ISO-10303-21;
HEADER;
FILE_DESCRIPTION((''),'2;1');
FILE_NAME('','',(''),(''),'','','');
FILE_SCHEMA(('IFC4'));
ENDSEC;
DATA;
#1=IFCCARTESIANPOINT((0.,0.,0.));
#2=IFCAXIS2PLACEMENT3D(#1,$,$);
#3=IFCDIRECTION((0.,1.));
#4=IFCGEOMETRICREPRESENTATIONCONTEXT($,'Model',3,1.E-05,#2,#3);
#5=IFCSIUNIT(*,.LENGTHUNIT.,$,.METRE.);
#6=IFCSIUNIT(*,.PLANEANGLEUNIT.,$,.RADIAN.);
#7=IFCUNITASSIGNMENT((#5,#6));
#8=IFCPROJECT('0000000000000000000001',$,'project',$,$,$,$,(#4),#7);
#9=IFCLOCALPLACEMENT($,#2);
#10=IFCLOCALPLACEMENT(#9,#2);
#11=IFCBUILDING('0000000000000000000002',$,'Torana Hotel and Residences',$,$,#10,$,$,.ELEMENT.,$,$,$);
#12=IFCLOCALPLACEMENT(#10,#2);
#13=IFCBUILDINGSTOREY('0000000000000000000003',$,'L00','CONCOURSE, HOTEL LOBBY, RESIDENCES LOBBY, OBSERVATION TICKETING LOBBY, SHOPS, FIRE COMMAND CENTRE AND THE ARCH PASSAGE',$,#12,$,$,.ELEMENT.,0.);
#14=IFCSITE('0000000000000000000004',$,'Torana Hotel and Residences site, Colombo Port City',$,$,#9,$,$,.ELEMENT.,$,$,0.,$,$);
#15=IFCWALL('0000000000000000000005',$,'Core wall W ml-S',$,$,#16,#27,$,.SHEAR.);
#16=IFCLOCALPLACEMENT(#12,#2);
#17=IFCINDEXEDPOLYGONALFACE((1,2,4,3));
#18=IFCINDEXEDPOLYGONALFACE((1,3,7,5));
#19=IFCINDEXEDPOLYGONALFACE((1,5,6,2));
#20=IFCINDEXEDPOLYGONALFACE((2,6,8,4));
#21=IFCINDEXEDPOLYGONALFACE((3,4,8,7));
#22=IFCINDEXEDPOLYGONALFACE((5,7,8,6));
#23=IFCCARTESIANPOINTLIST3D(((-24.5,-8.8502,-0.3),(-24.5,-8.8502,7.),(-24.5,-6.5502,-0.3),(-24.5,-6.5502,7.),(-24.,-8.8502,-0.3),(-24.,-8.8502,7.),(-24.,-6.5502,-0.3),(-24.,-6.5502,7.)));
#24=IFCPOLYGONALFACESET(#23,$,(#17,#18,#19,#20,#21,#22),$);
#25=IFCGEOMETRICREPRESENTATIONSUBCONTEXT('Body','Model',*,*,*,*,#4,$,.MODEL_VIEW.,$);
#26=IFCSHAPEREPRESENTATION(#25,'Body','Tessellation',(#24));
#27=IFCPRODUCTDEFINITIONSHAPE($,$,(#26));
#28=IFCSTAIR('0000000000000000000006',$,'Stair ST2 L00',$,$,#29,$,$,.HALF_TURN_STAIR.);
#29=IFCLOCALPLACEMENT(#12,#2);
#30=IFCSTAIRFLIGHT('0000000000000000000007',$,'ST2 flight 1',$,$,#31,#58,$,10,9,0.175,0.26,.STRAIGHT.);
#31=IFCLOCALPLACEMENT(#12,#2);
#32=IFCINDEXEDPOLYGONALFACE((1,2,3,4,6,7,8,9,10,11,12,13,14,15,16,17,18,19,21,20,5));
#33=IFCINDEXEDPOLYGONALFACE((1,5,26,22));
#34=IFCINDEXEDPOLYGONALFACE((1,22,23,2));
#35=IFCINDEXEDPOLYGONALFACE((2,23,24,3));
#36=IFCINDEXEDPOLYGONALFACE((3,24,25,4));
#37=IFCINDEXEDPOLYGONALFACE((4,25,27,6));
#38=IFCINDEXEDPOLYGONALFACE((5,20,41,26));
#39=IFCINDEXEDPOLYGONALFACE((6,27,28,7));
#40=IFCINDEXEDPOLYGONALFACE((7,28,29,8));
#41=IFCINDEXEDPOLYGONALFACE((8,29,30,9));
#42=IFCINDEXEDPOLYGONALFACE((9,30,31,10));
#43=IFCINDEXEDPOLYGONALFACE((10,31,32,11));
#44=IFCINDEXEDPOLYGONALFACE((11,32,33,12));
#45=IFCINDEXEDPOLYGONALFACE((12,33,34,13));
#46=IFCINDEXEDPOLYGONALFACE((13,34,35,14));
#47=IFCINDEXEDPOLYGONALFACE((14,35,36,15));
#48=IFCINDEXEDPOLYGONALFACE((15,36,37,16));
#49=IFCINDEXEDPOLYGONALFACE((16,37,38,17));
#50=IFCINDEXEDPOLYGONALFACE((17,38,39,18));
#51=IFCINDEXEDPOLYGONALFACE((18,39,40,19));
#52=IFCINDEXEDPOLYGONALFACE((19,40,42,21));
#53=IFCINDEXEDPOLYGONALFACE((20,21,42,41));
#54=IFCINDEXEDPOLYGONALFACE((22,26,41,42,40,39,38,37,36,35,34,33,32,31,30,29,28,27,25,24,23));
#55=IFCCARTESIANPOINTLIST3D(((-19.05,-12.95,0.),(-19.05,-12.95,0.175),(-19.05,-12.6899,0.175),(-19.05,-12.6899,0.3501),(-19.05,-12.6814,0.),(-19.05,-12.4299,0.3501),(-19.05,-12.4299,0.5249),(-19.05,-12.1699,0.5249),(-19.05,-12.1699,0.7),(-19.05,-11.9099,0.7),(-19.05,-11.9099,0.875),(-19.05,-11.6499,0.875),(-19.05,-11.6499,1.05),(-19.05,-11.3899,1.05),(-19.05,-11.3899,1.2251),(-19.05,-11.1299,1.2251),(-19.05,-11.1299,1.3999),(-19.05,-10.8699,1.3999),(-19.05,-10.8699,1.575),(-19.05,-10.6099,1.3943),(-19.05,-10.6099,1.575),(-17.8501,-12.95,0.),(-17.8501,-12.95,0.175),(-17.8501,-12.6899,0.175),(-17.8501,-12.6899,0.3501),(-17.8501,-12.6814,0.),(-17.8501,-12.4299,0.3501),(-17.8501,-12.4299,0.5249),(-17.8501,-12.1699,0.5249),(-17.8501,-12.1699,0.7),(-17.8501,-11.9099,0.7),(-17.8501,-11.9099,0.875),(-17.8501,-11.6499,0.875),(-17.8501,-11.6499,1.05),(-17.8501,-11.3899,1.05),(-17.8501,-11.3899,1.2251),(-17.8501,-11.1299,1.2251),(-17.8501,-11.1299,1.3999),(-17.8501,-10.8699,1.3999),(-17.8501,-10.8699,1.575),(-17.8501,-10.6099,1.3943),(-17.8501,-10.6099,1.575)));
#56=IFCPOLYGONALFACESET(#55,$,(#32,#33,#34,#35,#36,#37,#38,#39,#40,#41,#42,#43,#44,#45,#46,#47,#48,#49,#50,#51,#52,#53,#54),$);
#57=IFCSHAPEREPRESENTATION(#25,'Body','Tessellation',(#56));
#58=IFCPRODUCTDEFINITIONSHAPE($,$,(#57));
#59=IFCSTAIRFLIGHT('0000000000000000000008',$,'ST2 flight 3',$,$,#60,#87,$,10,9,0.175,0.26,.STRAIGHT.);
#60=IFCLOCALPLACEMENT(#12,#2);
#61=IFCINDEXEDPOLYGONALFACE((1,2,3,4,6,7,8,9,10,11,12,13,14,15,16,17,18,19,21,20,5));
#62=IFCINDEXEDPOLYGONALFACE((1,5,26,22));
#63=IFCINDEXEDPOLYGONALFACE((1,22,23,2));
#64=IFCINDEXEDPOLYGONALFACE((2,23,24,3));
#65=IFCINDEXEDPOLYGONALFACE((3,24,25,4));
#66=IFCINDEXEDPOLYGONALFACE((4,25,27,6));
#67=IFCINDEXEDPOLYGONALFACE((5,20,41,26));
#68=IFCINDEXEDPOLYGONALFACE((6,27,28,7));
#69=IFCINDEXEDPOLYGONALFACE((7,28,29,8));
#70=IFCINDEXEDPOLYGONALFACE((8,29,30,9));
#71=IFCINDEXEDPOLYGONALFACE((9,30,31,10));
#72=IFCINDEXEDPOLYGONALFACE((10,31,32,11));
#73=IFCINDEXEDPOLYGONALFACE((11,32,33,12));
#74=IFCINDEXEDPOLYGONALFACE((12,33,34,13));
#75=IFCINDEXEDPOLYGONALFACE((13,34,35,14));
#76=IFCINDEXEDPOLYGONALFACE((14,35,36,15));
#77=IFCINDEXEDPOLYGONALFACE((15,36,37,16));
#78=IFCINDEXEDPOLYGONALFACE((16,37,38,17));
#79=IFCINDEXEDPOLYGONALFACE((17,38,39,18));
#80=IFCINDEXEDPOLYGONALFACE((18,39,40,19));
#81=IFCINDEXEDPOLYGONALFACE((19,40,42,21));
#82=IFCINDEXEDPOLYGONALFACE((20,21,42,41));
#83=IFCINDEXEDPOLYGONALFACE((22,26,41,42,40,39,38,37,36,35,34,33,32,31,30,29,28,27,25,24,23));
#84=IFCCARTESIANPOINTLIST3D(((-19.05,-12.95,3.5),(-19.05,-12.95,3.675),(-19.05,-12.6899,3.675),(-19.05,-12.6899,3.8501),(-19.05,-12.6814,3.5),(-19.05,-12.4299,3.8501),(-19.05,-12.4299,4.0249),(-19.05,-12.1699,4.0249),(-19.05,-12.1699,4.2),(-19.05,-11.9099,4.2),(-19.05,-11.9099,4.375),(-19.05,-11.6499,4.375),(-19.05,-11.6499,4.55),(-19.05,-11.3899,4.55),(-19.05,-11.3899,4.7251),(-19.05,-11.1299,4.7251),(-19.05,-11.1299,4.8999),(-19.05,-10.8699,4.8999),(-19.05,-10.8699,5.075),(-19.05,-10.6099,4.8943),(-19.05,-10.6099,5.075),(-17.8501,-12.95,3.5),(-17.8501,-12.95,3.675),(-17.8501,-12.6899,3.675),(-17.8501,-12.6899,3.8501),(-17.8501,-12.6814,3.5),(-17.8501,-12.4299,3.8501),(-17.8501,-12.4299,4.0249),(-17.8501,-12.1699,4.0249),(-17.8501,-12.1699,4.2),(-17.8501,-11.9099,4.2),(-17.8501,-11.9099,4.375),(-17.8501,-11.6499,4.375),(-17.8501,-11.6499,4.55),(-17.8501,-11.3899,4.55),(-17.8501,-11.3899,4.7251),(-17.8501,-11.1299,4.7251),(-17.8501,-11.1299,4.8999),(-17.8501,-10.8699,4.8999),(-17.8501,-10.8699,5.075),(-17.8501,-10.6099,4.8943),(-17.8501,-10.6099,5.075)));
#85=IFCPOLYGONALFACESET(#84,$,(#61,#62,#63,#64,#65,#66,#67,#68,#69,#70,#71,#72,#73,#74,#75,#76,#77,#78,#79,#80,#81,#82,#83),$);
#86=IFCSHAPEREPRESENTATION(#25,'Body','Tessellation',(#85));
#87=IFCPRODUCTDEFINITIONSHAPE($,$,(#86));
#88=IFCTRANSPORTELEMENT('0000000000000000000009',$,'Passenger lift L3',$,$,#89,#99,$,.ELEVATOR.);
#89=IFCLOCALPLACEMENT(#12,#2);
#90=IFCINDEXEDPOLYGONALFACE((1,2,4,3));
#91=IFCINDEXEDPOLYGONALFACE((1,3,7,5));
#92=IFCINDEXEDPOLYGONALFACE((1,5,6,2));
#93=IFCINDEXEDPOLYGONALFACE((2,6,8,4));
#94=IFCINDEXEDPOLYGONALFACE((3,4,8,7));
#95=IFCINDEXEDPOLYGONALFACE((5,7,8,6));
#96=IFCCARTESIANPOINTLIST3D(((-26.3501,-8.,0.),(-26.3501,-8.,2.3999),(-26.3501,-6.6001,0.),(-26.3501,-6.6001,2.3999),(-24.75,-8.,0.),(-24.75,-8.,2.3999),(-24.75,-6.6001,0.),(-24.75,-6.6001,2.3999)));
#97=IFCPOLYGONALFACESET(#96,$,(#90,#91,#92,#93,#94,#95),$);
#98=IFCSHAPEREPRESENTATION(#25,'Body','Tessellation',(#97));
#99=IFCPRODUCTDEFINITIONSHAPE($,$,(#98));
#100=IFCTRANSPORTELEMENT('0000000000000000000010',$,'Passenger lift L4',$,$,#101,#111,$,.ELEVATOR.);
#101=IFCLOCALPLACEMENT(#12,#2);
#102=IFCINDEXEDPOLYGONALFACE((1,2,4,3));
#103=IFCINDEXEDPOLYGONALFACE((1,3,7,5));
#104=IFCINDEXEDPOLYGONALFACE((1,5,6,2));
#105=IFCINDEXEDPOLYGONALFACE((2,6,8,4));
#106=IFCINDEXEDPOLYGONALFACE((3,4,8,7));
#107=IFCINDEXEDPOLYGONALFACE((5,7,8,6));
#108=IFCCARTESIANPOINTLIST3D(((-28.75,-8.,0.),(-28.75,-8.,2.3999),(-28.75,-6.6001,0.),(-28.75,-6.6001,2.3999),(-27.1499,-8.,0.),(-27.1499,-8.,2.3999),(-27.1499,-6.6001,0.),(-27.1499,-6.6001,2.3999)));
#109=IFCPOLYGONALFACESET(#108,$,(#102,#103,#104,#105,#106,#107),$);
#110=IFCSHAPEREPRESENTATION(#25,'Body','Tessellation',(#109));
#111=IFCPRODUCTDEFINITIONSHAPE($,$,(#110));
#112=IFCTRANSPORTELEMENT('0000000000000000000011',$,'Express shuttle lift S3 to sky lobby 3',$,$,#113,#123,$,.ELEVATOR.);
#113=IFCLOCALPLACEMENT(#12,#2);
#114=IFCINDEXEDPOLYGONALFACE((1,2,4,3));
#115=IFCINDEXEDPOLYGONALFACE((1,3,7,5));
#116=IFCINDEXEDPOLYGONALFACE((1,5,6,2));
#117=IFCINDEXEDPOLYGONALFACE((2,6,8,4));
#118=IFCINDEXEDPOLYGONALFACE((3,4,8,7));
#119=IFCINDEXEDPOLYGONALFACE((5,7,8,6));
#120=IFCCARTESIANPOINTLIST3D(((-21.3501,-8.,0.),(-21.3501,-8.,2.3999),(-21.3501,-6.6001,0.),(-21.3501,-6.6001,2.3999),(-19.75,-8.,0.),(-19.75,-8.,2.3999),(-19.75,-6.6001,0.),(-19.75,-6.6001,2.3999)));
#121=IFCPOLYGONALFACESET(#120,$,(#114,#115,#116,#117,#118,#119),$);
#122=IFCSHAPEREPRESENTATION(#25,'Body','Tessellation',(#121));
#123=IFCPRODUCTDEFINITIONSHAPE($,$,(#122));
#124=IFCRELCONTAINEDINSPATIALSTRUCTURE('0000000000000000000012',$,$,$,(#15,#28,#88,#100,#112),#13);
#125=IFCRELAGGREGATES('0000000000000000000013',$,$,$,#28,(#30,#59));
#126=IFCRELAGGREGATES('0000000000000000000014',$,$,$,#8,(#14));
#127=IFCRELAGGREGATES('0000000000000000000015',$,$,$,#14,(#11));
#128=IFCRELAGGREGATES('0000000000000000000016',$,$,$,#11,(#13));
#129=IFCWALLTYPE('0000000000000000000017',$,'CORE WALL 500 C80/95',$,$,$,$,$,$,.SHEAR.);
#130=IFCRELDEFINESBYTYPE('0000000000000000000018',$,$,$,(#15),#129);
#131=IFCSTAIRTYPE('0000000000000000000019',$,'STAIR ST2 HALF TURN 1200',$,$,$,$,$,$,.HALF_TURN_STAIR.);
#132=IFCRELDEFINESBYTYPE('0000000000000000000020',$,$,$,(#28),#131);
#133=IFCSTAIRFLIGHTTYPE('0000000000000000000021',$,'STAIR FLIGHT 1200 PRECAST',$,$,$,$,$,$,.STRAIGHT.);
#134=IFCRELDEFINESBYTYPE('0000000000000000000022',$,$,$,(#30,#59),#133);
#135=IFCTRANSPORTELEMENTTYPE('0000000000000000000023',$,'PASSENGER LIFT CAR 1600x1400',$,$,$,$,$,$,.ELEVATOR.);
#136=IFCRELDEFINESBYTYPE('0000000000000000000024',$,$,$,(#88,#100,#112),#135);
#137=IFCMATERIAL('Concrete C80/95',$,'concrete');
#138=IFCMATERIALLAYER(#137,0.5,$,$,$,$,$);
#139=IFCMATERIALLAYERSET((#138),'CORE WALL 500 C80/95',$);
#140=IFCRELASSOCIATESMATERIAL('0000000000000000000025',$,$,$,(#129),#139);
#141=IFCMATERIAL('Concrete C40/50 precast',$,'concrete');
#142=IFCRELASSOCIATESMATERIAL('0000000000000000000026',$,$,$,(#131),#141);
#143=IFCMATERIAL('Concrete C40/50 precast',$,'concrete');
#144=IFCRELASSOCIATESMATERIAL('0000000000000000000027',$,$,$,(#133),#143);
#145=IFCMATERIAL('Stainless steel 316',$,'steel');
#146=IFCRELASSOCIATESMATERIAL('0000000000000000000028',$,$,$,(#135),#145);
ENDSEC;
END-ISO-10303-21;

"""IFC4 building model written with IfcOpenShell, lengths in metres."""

from ifc_helpers import new_model, si_unit, direction, frame, frame_2d, origin, origin_2d, place, context, subcontext, project, spatial, polyline, rectangle, outline, extrude, material, layer, layer_set, type_object, element, aggregate, save


model = new_model("IFC4")

# Units and contexts
model_context = context("Model", 3, precision=1e-05, world=origin(), true_north=direction((0.0, 1.0)))
body_context = subcontext(model_context, "Body", "Model", "MODEL_VIEW")
ifc_project = project(units=[si_unit("LENGTHUNIT", "METRE"), si_unit("PLANEANGLEUNIT", "RADIAN")], contexts=[model_context])

# Site, building, storey
site_placement = place(None, origin())
site = spatial("IfcSite", under=ifc_project, at=site_placement, Name="Torana Hotel and Residences site, Colombo Port City", CompositionType="ELEMENT", RefElevation=0.0)
building_placement = place(site_placement, origin())
building = spatial("IfcBuilding", under=site, at=building_placement, Name="Torana Hotel and Residences", CompositionType="ELEMENT")
storey_placement = place(building_placement, origin())
storey = spatial("IfcBuildingStorey", under=building, at=storey_placement, Name="L00", Description="CONCOURSE, HOTEL LOBBY, RESIDENCES LOBBY, OBSERVATION TICKETING LOBBY, SHOPS, FIRE COMMAND CENTRE AND THE ARCH PASSAGE", CompositionType="ELEMENT", Elevation=0.0)

# Wall
ifc_material_1 = material(Name="Concrete C80/95", Category="concrete")
ifc_layer_1 = layer(ifc_material_1, 0.5)
ifc_layer_set_1 = layer_set([ifc_layer_1], Name="CORE WALL 500 C80/95")
wall_type_1 = type_object("IfcWallType", Name="CORE WALL 500 C80/95", PredefinedType="SHEAR", material=ifc_layer_set_1)
wall_1_placement = place(storey_placement, frame((-24.25, -8.8501, -0.3), z_axis=(0.0, 0.0, 1.0), x_axis=(0.0, 1.0, 0.0)))
element("IfcWall", 1, at=wall_1_placement, inside=storey, type_object=wall_type_1, Name="Core wall W ml-S", PredefinedType="SHEAR", context=body_context, shape_type="SweptSolid", body=[
    extrude(rectangle(XDim=2.3, YDim=0.5, at=frame_2d((1.1499, 0.0))), origin(), (0.0, 0.0, 1.0), 7.3),
])

# Stair, stair flights
ifc_material_2 = material(Name="Concrete C40/50 precast", Category="concrete")
stair_type = type_object("IfcStairType", Name="STAIR ST2 HALF TURN 1200", PredefinedType="HALF_TURN_STAIR", material=ifc_material_2)
stair_placement = place(storey_placement, origin())
stair = element("IfcStair", 2, at=stair_placement, inside=storey, type_object=stair_type, Name="Stair ST2 L00", PredefinedType="HALF_TURN_STAIR")
ifc_material_3 = material(Name="Concrete C40/50 precast", Category="concrete")
stair_flight_type = type_object("IfcStairFlightType", Name="STAIR FLIGHT 1200 PRECAST", PredefinedType="STRAIGHT", material=ifc_material_3)
stair_flight_1_placement = place(storey_placement, frame((-18.45, -12.95, 0.0), z_axis=(0.0, 0.0, 1.0), x_axis=(0.0, 1.0, 0.0)))
stair_flight_1 = element("IfcStairFlight", 3, at=stair_flight_1_placement, type_object=stair_flight_type, Name="ST2 flight 1", NumberOfRisers=10, NumberOfTreads=9, PredefinedType="STRAIGHT", RiserHeight=0.175, TreadLength=0.26, context=body_context, shape_type="SweptSolid", body=[
    extrude(outline(polyline([(0.0, 0.0), (0.0, 0.175), (0.26, 0.175), (0.26, 0.3501), (0.52, 0.3501), (0.52, 0.5249), (0.78, 0.5249), (0.78, 0.7), (1.04, 0.7), (1.04, 0.875), (1.3, 0.875), (1.3, 1.05), (1.5601, 1.05), (1.5601, 1.2251), (1.8201, 1.2251), (1.8201, 1.3999), (2.0801, 1.3999), (2.0801, 1.575), (2.3401, 1.575), (2.3401, 1.75), (2.3401, 1.3943), (0.2686, 0.0), (0.0, 0.0)])), frame((0.0, 0.6001, 0.0), z_axis=(0.0, -1.0, 0.0), x_axis=(1.0, 0.0, 0.0)), (0.0, 0.0, 1.0), 1.2),
])
stair_flight_2_placement = place(storey_placement, frame((-18.45, -12.95, 3.5), z_axis=(0.0, 0.0, 1.0), x_axis=(0.0, 1.0, 0.0)))
stair_flight_2 = element("IfcStairFlight", 4, at=stair_flight_2_placement, type_object=stair_flight_type, Name="ST2 flight 3", NumberOfRisers=10, NumberOfTreads=9, PredefinedType="STRAIGHT", RiserHeight=0.175, TreadLength=0.26, context=body_context, shape_type="SweptSolid", body=[
    extrude(outline(polyline([(0.0, 0.0), (0.0, 0.175), (0.26, 0.175), (0.26, 0.3501), (0.52, 0.3501), (0.52, 0.5249), (0.78, 0.5249), (0.78, 0.7), (1.04, 0.7), (1.04, 0.875), (1.3, 0.875), (1.3, 1.05), (1.5601, 1.05), (1.5601, 1.2251), (1.8201, 1.2251), (1.8201, 1.3999), (2.0801, 1.3999), (2.0801, 1.575), (2.3401, 1.575), (2.3401, 1.75), (2.3401, 1.3943), (0.2686, 0.0), (0.0, 0.0)])), frame((0.0, 0.6001, 0.0), z_axis=(0.0, -1.0, 0.0), x_axis=(1.0, 0.0, 0.0)), (0.0, 0.0, 1.0), 1.2),
])
aggregate(stair, [stair_flight_1, stair_flight_2])

# Transport elements
ifc_material_4 = material(Name="Stainless steel 316", Category="steel")
transport_element_type = type_object("IfcTransportElementType", Name="PASSENGER LIFT CAR 1600x1400", PredefinedType="ELEVATOR", material=ifc_material_4)
for number, where, z_axis, x_axis, name in (
    (5, (-25.55, -7.3, 0.0), (0.0, 0.0, 1.0), (1.0, 0.0, 0.0), "Passenger lift L3"),
    (6, (-27.95, -7.3, 0.0), (0.0, 0.0, 1.0), (1.0, 0.0, 0.0), "Passenger lift L4"),
    (7, (-20.55, -7.3, 0.0), (0.0, 0.0, 1.0), (1.0, 0.0, 0.0), "Express shuttle lift S3 to sky lobby 3"),
):
    element("IfcTransportElement", number, at=place(storey_placement, frame(where, z_axis=z_axis, x_axis=x_axis)), inside=storey, type_object=transport_element_type, Name=name, PredefinedType="ELEVATOR", context=body_context, shape_type="SweptSolid", body=[
        extrude(rectangle(XDim=1.6001, YDim=1.3999, at=origin_2d()), origin(), (0.0, 0.0, 1.0), 2.3999),
    ])

save(model, "model.ifc")
